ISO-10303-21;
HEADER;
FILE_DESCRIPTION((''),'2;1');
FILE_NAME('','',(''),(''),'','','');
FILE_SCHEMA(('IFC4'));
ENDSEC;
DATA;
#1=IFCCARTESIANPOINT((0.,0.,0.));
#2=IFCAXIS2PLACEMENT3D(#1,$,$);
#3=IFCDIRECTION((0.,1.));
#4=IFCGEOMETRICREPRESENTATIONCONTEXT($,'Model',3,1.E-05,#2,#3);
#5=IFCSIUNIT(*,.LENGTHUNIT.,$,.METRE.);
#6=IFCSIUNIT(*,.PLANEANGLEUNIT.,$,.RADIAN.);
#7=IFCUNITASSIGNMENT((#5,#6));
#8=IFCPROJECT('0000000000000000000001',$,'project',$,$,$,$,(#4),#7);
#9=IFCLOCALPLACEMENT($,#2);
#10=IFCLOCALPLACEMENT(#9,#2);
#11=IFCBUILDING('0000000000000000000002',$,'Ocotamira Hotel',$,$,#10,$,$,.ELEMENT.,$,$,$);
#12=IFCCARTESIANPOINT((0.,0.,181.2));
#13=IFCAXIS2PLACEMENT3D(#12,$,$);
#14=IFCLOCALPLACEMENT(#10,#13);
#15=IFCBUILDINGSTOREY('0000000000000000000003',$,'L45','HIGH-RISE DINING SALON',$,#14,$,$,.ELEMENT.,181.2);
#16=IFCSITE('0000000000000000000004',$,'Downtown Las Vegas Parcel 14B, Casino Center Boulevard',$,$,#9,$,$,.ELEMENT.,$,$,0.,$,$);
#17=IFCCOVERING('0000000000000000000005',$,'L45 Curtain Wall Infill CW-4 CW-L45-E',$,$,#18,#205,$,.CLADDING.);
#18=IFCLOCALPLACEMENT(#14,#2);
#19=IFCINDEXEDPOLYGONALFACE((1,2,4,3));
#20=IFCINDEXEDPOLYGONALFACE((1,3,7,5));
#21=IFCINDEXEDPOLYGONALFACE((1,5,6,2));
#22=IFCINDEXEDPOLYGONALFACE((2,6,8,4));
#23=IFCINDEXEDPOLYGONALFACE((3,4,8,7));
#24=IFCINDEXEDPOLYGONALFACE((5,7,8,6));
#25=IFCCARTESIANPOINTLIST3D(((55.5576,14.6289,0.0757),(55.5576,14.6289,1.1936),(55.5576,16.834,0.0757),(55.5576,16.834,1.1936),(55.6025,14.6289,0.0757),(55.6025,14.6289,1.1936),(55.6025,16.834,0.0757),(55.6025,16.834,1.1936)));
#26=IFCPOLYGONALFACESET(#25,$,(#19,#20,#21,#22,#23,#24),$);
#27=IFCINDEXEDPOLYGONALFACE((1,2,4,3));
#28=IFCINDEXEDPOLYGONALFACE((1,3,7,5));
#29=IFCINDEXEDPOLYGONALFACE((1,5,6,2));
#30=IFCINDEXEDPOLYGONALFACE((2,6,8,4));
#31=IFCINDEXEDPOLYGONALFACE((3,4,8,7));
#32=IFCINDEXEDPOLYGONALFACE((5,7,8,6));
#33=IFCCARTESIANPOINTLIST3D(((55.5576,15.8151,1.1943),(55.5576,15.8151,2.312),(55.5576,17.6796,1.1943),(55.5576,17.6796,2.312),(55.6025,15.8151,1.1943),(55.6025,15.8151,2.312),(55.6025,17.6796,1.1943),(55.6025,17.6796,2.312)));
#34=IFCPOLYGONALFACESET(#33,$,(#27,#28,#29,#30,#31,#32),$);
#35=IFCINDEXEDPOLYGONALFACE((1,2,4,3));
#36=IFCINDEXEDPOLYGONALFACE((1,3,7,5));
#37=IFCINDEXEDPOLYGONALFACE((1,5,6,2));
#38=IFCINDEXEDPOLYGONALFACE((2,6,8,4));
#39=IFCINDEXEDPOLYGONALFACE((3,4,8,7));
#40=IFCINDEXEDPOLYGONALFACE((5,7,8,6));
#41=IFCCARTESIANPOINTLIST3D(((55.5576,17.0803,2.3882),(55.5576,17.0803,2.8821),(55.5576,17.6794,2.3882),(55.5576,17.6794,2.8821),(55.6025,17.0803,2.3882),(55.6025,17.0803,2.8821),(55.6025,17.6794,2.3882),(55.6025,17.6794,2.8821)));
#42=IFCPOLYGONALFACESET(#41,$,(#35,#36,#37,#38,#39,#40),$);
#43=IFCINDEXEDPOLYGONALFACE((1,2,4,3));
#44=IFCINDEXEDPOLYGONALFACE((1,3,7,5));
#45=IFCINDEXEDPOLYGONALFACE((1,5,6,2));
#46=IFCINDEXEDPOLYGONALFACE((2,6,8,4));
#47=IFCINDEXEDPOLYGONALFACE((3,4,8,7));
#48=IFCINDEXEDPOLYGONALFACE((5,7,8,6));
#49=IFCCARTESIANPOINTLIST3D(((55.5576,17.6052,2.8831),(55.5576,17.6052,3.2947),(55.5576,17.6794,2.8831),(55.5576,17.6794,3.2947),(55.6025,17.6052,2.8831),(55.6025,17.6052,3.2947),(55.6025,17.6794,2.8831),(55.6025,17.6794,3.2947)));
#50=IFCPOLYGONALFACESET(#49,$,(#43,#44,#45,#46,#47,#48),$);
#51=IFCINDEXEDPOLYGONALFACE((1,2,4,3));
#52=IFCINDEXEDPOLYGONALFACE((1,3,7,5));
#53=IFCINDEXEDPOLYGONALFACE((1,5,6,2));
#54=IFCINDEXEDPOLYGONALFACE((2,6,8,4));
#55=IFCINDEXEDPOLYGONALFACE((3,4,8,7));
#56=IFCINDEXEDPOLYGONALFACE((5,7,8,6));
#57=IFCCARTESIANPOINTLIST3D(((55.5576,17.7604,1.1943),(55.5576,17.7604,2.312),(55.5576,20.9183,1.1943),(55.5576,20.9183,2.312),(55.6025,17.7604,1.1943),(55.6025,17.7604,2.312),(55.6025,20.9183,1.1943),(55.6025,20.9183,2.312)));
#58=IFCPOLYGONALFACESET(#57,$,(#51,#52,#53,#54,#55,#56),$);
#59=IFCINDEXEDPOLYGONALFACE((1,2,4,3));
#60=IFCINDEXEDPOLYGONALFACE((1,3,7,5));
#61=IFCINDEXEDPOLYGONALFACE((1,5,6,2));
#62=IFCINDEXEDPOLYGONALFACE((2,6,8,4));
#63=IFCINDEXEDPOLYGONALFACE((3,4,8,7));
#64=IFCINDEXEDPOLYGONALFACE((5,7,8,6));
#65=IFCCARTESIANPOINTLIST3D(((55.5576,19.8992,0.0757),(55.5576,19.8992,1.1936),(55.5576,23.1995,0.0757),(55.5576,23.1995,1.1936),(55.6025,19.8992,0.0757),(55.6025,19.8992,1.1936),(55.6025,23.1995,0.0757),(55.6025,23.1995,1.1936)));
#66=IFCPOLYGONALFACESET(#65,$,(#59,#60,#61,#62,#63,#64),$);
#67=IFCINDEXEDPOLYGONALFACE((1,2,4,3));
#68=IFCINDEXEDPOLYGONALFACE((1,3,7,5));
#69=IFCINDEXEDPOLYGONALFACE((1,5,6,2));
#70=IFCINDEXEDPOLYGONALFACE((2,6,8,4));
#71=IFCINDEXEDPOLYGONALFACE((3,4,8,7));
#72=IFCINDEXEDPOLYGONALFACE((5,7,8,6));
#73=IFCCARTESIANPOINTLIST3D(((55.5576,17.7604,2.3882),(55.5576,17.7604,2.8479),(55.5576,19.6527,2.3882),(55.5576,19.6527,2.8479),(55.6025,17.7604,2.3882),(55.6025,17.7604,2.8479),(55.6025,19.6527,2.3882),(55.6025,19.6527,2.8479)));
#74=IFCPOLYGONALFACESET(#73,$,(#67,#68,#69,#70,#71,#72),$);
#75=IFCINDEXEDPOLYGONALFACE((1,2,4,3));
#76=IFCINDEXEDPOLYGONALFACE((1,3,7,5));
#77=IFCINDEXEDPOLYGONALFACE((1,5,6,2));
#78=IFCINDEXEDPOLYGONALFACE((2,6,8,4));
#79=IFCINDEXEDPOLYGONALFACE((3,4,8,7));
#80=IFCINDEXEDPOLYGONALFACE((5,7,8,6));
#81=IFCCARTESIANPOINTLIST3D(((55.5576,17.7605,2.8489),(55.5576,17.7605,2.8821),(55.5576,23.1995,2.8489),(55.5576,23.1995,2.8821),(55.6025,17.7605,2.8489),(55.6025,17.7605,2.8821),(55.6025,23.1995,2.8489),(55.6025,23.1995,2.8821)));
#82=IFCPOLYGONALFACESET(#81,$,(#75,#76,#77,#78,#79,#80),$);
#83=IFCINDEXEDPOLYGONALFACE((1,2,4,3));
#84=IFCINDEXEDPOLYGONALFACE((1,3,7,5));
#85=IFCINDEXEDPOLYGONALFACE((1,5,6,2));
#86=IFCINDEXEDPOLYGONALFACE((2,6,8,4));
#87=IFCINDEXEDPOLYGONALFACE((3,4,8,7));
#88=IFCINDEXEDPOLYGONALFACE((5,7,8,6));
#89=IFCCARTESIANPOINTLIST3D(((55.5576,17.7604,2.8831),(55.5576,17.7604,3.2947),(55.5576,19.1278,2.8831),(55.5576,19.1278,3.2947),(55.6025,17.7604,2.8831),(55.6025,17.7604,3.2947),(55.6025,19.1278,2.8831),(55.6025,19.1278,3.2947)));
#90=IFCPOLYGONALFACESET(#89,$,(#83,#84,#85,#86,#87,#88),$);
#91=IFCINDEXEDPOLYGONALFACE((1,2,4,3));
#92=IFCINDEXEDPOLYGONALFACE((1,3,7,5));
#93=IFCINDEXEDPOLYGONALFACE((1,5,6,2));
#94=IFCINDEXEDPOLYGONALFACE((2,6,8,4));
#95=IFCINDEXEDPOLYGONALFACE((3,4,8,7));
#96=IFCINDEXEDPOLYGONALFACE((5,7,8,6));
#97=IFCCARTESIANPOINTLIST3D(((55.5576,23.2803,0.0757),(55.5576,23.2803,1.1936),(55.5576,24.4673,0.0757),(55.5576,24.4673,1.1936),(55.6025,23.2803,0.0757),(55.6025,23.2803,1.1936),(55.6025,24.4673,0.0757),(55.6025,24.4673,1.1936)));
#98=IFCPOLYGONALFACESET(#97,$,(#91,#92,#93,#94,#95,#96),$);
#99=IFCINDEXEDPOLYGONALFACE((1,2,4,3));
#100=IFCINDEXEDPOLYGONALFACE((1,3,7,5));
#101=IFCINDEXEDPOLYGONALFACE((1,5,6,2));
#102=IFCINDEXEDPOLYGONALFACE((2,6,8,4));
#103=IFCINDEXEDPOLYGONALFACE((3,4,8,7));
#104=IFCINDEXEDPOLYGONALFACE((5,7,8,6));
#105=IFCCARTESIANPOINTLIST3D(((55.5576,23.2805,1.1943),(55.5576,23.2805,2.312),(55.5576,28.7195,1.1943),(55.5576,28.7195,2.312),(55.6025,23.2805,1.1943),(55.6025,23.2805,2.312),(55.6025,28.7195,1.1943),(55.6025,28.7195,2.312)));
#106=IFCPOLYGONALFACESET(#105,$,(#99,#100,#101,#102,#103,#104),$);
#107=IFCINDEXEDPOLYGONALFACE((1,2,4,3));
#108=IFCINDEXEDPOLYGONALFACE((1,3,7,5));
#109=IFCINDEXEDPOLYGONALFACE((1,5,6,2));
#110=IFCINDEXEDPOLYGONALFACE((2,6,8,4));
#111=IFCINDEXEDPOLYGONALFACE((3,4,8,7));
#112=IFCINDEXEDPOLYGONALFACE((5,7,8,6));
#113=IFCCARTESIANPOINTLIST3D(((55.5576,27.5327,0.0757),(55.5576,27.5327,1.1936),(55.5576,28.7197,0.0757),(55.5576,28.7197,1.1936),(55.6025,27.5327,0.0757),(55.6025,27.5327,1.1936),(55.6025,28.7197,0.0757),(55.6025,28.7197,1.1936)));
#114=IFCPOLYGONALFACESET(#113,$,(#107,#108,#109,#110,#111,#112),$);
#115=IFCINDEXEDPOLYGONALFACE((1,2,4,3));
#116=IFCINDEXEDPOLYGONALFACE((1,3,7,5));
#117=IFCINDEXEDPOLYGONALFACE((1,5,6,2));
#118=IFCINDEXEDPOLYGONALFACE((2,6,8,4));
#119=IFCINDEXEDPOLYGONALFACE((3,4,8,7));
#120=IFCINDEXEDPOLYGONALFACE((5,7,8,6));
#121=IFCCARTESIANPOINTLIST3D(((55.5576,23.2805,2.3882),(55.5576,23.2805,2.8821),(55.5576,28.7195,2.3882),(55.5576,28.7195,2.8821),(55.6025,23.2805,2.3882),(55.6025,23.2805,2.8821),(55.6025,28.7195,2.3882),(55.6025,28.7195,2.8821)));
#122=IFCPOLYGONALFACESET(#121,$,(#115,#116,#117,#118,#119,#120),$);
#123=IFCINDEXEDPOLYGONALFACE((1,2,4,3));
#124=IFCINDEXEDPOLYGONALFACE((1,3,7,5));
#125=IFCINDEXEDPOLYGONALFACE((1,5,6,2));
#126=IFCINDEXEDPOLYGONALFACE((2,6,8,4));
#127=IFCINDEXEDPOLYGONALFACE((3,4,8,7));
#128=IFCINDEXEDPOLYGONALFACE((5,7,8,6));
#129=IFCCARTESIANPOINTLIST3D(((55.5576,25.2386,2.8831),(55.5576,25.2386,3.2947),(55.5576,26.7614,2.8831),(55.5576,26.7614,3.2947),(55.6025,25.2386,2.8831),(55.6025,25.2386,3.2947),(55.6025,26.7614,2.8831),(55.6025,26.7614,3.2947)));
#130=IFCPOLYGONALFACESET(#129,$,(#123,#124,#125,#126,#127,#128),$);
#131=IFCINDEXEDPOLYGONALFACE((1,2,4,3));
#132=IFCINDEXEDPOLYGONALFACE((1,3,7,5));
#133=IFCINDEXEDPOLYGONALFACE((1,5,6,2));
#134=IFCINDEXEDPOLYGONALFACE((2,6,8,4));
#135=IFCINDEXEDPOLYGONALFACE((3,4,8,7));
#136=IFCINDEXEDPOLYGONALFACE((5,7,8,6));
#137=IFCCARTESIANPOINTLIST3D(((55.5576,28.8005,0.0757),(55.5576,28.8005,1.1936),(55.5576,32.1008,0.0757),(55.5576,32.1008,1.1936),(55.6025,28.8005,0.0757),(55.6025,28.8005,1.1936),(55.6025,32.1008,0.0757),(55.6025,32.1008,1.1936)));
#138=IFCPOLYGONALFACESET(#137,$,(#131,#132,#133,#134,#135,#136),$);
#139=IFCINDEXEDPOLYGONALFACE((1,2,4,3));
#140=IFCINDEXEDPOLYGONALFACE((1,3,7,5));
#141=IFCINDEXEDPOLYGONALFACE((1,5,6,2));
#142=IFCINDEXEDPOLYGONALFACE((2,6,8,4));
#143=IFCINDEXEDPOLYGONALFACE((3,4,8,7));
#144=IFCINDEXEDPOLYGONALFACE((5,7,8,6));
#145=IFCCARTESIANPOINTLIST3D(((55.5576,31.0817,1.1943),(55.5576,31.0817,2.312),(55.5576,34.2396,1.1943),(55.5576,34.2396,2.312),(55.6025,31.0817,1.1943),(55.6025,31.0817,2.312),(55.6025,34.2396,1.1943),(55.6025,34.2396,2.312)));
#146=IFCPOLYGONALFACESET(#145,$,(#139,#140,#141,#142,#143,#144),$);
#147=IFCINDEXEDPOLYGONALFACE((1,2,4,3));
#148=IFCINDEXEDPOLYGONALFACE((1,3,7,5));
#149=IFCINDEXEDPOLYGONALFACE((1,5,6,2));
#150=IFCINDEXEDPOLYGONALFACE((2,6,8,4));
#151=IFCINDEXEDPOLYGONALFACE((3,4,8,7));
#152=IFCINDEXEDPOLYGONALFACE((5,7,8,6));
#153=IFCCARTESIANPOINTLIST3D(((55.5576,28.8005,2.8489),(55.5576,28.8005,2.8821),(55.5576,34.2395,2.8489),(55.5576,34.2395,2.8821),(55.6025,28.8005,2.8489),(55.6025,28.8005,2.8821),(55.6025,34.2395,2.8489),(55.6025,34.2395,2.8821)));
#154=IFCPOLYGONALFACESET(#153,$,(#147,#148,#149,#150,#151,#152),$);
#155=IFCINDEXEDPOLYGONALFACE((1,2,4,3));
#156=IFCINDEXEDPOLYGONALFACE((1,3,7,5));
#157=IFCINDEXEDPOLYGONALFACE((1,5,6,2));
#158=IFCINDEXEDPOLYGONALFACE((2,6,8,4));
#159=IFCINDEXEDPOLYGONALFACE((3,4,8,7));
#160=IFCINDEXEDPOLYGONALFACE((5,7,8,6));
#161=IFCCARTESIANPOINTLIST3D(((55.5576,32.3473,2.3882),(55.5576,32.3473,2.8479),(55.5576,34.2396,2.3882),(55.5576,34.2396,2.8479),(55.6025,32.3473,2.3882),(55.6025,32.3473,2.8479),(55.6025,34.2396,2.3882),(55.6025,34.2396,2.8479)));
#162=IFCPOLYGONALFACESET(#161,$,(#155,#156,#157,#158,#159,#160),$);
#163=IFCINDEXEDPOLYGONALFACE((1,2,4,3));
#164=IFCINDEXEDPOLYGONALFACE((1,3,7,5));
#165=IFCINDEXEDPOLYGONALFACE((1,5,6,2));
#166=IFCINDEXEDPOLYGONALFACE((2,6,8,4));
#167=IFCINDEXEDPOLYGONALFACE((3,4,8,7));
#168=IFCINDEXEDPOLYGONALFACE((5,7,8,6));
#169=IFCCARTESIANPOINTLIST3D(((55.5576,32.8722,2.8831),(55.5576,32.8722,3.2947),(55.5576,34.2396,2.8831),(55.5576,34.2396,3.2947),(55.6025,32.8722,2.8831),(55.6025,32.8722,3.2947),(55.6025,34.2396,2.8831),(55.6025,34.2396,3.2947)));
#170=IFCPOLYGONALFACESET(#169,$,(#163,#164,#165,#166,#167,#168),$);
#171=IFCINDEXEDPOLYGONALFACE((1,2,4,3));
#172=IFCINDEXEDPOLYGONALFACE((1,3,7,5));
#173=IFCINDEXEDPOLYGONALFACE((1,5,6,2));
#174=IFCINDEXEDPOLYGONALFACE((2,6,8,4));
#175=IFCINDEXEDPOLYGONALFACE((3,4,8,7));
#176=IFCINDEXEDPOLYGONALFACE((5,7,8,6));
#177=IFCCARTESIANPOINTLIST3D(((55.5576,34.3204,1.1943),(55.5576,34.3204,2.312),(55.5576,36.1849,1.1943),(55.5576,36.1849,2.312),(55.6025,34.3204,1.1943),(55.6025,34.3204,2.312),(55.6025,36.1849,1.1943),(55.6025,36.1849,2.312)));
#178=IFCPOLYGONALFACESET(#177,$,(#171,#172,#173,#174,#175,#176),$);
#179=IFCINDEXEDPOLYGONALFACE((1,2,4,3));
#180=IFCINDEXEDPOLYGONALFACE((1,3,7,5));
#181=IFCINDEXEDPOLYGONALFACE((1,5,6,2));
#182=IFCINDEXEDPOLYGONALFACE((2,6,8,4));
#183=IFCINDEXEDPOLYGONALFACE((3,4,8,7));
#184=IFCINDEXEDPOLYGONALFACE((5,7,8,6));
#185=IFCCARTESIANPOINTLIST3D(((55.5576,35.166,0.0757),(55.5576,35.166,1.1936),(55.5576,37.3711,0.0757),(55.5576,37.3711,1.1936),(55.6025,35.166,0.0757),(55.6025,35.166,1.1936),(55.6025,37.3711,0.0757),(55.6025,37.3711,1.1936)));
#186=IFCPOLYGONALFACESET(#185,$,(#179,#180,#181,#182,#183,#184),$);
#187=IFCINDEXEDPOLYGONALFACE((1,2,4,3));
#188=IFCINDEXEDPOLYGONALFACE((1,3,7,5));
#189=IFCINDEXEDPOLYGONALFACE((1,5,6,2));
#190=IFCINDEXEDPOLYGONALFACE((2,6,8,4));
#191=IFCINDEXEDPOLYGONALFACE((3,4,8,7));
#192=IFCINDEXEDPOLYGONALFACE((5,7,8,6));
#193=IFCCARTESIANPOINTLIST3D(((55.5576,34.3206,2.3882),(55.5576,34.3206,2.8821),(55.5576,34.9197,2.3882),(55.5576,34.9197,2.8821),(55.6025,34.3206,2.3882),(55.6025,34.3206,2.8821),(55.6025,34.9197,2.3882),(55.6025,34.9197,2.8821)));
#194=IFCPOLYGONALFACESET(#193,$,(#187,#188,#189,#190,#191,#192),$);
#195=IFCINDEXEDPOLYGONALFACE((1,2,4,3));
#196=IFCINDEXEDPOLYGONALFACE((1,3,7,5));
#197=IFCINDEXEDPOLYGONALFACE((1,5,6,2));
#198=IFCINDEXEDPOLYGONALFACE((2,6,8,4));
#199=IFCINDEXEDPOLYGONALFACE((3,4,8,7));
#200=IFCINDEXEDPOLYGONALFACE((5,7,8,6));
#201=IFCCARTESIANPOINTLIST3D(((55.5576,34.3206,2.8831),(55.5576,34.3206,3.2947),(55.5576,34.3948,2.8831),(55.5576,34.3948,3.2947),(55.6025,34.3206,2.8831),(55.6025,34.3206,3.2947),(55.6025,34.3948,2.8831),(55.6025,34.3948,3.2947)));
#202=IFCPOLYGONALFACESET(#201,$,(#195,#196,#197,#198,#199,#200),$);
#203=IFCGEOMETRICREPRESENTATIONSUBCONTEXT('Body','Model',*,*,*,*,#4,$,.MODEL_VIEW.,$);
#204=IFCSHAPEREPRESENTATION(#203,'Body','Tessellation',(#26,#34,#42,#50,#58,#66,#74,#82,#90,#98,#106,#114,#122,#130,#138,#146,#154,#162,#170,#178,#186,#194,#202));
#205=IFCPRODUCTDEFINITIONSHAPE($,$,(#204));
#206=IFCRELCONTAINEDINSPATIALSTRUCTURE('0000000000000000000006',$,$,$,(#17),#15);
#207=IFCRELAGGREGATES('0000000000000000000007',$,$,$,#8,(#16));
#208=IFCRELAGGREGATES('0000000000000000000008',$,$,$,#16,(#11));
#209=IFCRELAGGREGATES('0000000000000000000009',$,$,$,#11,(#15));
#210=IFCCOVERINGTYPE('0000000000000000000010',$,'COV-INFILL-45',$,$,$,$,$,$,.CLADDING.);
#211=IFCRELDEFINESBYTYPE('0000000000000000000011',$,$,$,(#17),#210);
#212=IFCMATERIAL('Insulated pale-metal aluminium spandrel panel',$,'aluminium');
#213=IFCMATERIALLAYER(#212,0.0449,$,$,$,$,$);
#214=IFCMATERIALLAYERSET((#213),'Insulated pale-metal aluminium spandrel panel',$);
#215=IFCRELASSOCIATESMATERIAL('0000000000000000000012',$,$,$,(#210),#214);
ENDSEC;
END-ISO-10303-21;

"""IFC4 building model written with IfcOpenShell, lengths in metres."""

from ifc_helpers import new_model, si_unit, direction, frame, origin, origin_2d, place, context, subcontext, project, spatial, rectangle, extrude, material, layer, layer_set, type_object, element, save


model = new_model("IFC4")

# Units and contexts
model_context = context("Model", 3, precision=1e-05, world=origin(), true_north=direction((0.0, 1.0)))
body_context = subcontext(model_context, "Body", "Model", "MODEL_VIEW")
ifc_project = project(units=[si_unit("LENGTHUNIT", "METRE"), si_unit("PLANEANGLEUNIT", "RADIAN")], contexts=[model_context])

# Site, building, storey
site_placement = place(None, origin())
site = spatial("IfcSite", under=ifc_project, at=site_placement, Name="Downtown Las Vegas Parcel 14B, Casino Center Boulevard", CompositionType="ELEMENT", RefElevation=0.0)
building_placement = place(site_placement, origin())
building = spatial("IfcBuilding", under=site, at=building_placement, Name="Ocotamira Hotel", CompositionType="ELEMENT")
storey_placement = place(building_placement, frame((0.0, 0.0, 181.2)))
storey = spatial("IfcBuildingStorey", under=building, at=storey_placement, Name="L45", Description="HIGH-RISE DINING SALON", CompositionType="ELEMENT", Elevation=181.2)

# Covering
ifc_material_1 = material(Name="Insulated pale-metal aluminium spandrel panel", Category="aluminium")
ifc_layer_1 = layer(ifc_material_1, 0.0449)
ifc_layer_set_1 = layer_set([ifc_layer_1], Name="Insulated pale-metal aluminium spandrel panel")
covering_type_1 = type_object("IfcCoveringType", Name="COV-INFILL-45", PredefinedType="CLADDING", material=ifc_layer_set_1)
covering_1_placement = place(storey_placement, origin())
element("IfcCovering", 1, at=covering_1_placement, inside=storey, type_object=covering_type_1, Name="L45 Curtain Wall Infill CW-4 CW-L45-E", PredefinedType="CLADDING", context=body_context, shape_type="SweptSolid", body=[
    extrude(rectangle(XDim=2.2051, YDim=0.0449, at=origin_2d()), frame((55.5801, 15.7314, 0.0757), z_axis=(0.0, 0.0, 1.0), x_axis=(0.0, 1.0, 0.0)), (0.0, 0.0, 1.0), 1.1179),
    extrude(rectangle(XDim=1.8645, YDim=0.0449, at=origin_2d()), frame((55.5801, 16.7473, 1.1943), z_axis=(0.0, 0.0, 1.0), x_axis=(0.0, 1.0, 0.0)), (0.0, 0.0, 1.0), 1.1177),
    extrude(rectangle(XDim=0.5991, YDim=0.0449, at=origin_2d()), frame((55.5801, 17.3799, 2.3882), z_axis=(0.0, 0.0, 1.0), x_axis=(0.0, 1.0, 0.0)), (0.0, 0.0, 1.0), 0.4939),
    extrude(rectangle(XDim=0.0742, YDim=0.0449, at=origin_2d()), frame((55.5801, 17.6423, 2.8831), z_axis=(0.0, 0.0, 1.0), x_axis=(0.0, 1.0, 0.0)), (0.0, 0.0, 1.0), 0.4116),
    extrude(rectangle(XDim=3.158, YDim=0.0449, at=origin_2d()), frame((55.5801, 19.3394, 1.1943), z_axis=(0.0, 0.0, 1.0), x_axis=(0.0, 1.0, 0.0)), (0.0, 0.0, 1.0), 1.1177),
    extrude(rectangle(XDim=3.3003, YDim=0.0449, at=origin_2d()), frame((55.5801, 21.5493, 0.0757), z_axis=(0.0, 0.0, 1.0), x_axis=(0.0, 1.0, 0.0)), (0.0, 0.0, 1.0), 1.1179),
    extrude(rectangle(XDim=1.8923, YDim=0.0449, at=origin_2d()), frame((55.5801, 18.7065, 2.3882), z_axis=(0.0, 0.0, 1.0), x_axis=(0.0, 1.0, 0.0)), (0.0, 0.0, 1.0), 0.4597),
    extrude(rectangle(XDim=5.439, YDim=0.0449, at=origin_2d()), frame((55.5801, 20.48, 2.8489), z_axis=(0.0, 0.0, 1.0), x_axis=(0.0, 1.0, 0.0)), (0.0, 0.0, 1.0), 0.0332),
    extrude(rectangle(XDim=1.3674, YDim=0.0449, at=origin_2d()), frame((55.5801, 18.4441, 2.8831), z_axis=(0.0, 0.0, 1.0), x_axis=(0.0, 1.0, 0.0)), (0.0, 0.0, 1.0), 0.4116),
    extrude(rectangle(XDim=1.187, YDim=0.0449, at=origin_2d()), frame((55.5801, 23.8738, 0.0757), z_axis=(0.0, 0.0, 1.0), x_axis=(0.0, 1.0, 0.0)), (0.0, 0.0, 1.0), 1.1179),
    extrude(rectangle(XDim=5.439, YDim=0.0449, at=origin_2d()), frame((55.5801, 26.0, 1.1943), z_axis=(0.0, 0.0, 1.0), x_axis=(0.0, 1.0, 0.0)), (0.0, 0.0, 1.0), 1.1177),
    extrude(rectangle(XDim=1.187, YDim=0.0449, at=origin_2d()), frame((55.5801, 28.1262, 0.0757), z_axis=(0.0, 0.0, 1.0), x_axis=(0.0, 1.0, 0.0)), (0.0, 0.0, 1.0), 1.1179),
    extrude(rectangle(XDim=5.439, YDim=0.0449, at=origin_2d()), frame((55.5801, 26.0, 2.3882), z_axis=(0.0, 0.0, 1.0), x_axis=(0.0, 1.0, 0.0)), (0.0, 0.0, 1.0), 0.4939),
    extrude(rectangle(XDim=1.5227, YDim=0.0449, at=origin_2d()), frame((55.5801, 26.0, 2.8831), z_axis=(0.0, 0.0, 1.0), x_axis=(0.0, 1.0, 0.0)), (0.0, 0.0, 1.0), 0.4116),
    extrude(rectangle(XDim=3.3003, YDim=0.0449, at=origin_2d()), frame((55.5801, 30.4507, 0.0757), z_axis=(0.0, 0.0, 1.0), x_axis=(0.0, 1.0, 0.0)), (0.0, 0.0, 1.0), 1.1179),
    extrude(rectangle(XDim=3.158, YDim=0.0449, at=origin_2d()), frame((55.5801, 32.6606, 1.1943), z_axis=(0.0, 0.0, 1.0), x_axis=(0.0, 1.0, 0.0)), (0.0, 0.0, 1.0), 1.1177),
    extrude(rectangle(XDim=5.439, YDim=0.0449, at=origin_2d()), frame((55.5801, 31.52, 2.8489), z_axis=(0.0, 0.0, 1.0), x_axis=(0.0, 1.0, 0.0)), (0.0, 0.0, 1.0), 0.0332),
    extrude(rectangle(XDim=1.8923, YDim=0.0449, at=origin_2d()), frame((55.5801, 33.2935, 2.3882), z_axis=(0.0, 0.0, 1.0), x_axis=(0.0, 1.0, 0.0)), (0.0, 0.0, 1.0), 0.4597),
    extrude(rectangle(XDim=1.3674, YDim=0.0449, at=origin_2d()), frame((55.5801, 33.5559, 2.8831), z_axis=(0.0, 0.0, 1.0), x_axis=(0.0, 1.0, 0.0)), (0.0, 0.0, 1.0), 0.4116),
    extrude(rectangle(XDim=1.8645, YDim=0.0449, at=origin_2d()), frame((55.5801, 35.2527, 1.1943), z_axis=(0.0, 0.0, 1.0), x_axis=(0.0, 1.0, 0.0)), (0.0, 0.0, 1.0), 1.1177),
    extrude(rectangle(XDim=2.2051, YDim=0.0449, at=origin_2d()), frame((55.5801, 36.2686, 0.0757), z_axis=(0.0, 0.0, 1.0), x_axis=(0.0, 1.0, 0.0)), (0.0, 0.0, 1.0), 1.1179),
    extrude(rectangle(XDim=0.5991, YDim=0.0449, at=origin_2d()), frame((55.5801, 34.6201, 2.3882), z_axis=(0.0, 0.0, 1.0), x_axis=(0.0, 1.0, 0.0)), (0.0, 0.0, 1.0), 0.4939),
    extrude(rectangle(XDim=0.0742, YDim=0.0449, at=origin_2d()), frame((55.5801, 34.3577, 2.8831), z_axis=(0.0, 0.0, 1.0), x_axis=(0.0, 1.0, 0.0)), (0.0, 0.0, 1.0), 0.4116),
])

save(model, "model.ifc")
